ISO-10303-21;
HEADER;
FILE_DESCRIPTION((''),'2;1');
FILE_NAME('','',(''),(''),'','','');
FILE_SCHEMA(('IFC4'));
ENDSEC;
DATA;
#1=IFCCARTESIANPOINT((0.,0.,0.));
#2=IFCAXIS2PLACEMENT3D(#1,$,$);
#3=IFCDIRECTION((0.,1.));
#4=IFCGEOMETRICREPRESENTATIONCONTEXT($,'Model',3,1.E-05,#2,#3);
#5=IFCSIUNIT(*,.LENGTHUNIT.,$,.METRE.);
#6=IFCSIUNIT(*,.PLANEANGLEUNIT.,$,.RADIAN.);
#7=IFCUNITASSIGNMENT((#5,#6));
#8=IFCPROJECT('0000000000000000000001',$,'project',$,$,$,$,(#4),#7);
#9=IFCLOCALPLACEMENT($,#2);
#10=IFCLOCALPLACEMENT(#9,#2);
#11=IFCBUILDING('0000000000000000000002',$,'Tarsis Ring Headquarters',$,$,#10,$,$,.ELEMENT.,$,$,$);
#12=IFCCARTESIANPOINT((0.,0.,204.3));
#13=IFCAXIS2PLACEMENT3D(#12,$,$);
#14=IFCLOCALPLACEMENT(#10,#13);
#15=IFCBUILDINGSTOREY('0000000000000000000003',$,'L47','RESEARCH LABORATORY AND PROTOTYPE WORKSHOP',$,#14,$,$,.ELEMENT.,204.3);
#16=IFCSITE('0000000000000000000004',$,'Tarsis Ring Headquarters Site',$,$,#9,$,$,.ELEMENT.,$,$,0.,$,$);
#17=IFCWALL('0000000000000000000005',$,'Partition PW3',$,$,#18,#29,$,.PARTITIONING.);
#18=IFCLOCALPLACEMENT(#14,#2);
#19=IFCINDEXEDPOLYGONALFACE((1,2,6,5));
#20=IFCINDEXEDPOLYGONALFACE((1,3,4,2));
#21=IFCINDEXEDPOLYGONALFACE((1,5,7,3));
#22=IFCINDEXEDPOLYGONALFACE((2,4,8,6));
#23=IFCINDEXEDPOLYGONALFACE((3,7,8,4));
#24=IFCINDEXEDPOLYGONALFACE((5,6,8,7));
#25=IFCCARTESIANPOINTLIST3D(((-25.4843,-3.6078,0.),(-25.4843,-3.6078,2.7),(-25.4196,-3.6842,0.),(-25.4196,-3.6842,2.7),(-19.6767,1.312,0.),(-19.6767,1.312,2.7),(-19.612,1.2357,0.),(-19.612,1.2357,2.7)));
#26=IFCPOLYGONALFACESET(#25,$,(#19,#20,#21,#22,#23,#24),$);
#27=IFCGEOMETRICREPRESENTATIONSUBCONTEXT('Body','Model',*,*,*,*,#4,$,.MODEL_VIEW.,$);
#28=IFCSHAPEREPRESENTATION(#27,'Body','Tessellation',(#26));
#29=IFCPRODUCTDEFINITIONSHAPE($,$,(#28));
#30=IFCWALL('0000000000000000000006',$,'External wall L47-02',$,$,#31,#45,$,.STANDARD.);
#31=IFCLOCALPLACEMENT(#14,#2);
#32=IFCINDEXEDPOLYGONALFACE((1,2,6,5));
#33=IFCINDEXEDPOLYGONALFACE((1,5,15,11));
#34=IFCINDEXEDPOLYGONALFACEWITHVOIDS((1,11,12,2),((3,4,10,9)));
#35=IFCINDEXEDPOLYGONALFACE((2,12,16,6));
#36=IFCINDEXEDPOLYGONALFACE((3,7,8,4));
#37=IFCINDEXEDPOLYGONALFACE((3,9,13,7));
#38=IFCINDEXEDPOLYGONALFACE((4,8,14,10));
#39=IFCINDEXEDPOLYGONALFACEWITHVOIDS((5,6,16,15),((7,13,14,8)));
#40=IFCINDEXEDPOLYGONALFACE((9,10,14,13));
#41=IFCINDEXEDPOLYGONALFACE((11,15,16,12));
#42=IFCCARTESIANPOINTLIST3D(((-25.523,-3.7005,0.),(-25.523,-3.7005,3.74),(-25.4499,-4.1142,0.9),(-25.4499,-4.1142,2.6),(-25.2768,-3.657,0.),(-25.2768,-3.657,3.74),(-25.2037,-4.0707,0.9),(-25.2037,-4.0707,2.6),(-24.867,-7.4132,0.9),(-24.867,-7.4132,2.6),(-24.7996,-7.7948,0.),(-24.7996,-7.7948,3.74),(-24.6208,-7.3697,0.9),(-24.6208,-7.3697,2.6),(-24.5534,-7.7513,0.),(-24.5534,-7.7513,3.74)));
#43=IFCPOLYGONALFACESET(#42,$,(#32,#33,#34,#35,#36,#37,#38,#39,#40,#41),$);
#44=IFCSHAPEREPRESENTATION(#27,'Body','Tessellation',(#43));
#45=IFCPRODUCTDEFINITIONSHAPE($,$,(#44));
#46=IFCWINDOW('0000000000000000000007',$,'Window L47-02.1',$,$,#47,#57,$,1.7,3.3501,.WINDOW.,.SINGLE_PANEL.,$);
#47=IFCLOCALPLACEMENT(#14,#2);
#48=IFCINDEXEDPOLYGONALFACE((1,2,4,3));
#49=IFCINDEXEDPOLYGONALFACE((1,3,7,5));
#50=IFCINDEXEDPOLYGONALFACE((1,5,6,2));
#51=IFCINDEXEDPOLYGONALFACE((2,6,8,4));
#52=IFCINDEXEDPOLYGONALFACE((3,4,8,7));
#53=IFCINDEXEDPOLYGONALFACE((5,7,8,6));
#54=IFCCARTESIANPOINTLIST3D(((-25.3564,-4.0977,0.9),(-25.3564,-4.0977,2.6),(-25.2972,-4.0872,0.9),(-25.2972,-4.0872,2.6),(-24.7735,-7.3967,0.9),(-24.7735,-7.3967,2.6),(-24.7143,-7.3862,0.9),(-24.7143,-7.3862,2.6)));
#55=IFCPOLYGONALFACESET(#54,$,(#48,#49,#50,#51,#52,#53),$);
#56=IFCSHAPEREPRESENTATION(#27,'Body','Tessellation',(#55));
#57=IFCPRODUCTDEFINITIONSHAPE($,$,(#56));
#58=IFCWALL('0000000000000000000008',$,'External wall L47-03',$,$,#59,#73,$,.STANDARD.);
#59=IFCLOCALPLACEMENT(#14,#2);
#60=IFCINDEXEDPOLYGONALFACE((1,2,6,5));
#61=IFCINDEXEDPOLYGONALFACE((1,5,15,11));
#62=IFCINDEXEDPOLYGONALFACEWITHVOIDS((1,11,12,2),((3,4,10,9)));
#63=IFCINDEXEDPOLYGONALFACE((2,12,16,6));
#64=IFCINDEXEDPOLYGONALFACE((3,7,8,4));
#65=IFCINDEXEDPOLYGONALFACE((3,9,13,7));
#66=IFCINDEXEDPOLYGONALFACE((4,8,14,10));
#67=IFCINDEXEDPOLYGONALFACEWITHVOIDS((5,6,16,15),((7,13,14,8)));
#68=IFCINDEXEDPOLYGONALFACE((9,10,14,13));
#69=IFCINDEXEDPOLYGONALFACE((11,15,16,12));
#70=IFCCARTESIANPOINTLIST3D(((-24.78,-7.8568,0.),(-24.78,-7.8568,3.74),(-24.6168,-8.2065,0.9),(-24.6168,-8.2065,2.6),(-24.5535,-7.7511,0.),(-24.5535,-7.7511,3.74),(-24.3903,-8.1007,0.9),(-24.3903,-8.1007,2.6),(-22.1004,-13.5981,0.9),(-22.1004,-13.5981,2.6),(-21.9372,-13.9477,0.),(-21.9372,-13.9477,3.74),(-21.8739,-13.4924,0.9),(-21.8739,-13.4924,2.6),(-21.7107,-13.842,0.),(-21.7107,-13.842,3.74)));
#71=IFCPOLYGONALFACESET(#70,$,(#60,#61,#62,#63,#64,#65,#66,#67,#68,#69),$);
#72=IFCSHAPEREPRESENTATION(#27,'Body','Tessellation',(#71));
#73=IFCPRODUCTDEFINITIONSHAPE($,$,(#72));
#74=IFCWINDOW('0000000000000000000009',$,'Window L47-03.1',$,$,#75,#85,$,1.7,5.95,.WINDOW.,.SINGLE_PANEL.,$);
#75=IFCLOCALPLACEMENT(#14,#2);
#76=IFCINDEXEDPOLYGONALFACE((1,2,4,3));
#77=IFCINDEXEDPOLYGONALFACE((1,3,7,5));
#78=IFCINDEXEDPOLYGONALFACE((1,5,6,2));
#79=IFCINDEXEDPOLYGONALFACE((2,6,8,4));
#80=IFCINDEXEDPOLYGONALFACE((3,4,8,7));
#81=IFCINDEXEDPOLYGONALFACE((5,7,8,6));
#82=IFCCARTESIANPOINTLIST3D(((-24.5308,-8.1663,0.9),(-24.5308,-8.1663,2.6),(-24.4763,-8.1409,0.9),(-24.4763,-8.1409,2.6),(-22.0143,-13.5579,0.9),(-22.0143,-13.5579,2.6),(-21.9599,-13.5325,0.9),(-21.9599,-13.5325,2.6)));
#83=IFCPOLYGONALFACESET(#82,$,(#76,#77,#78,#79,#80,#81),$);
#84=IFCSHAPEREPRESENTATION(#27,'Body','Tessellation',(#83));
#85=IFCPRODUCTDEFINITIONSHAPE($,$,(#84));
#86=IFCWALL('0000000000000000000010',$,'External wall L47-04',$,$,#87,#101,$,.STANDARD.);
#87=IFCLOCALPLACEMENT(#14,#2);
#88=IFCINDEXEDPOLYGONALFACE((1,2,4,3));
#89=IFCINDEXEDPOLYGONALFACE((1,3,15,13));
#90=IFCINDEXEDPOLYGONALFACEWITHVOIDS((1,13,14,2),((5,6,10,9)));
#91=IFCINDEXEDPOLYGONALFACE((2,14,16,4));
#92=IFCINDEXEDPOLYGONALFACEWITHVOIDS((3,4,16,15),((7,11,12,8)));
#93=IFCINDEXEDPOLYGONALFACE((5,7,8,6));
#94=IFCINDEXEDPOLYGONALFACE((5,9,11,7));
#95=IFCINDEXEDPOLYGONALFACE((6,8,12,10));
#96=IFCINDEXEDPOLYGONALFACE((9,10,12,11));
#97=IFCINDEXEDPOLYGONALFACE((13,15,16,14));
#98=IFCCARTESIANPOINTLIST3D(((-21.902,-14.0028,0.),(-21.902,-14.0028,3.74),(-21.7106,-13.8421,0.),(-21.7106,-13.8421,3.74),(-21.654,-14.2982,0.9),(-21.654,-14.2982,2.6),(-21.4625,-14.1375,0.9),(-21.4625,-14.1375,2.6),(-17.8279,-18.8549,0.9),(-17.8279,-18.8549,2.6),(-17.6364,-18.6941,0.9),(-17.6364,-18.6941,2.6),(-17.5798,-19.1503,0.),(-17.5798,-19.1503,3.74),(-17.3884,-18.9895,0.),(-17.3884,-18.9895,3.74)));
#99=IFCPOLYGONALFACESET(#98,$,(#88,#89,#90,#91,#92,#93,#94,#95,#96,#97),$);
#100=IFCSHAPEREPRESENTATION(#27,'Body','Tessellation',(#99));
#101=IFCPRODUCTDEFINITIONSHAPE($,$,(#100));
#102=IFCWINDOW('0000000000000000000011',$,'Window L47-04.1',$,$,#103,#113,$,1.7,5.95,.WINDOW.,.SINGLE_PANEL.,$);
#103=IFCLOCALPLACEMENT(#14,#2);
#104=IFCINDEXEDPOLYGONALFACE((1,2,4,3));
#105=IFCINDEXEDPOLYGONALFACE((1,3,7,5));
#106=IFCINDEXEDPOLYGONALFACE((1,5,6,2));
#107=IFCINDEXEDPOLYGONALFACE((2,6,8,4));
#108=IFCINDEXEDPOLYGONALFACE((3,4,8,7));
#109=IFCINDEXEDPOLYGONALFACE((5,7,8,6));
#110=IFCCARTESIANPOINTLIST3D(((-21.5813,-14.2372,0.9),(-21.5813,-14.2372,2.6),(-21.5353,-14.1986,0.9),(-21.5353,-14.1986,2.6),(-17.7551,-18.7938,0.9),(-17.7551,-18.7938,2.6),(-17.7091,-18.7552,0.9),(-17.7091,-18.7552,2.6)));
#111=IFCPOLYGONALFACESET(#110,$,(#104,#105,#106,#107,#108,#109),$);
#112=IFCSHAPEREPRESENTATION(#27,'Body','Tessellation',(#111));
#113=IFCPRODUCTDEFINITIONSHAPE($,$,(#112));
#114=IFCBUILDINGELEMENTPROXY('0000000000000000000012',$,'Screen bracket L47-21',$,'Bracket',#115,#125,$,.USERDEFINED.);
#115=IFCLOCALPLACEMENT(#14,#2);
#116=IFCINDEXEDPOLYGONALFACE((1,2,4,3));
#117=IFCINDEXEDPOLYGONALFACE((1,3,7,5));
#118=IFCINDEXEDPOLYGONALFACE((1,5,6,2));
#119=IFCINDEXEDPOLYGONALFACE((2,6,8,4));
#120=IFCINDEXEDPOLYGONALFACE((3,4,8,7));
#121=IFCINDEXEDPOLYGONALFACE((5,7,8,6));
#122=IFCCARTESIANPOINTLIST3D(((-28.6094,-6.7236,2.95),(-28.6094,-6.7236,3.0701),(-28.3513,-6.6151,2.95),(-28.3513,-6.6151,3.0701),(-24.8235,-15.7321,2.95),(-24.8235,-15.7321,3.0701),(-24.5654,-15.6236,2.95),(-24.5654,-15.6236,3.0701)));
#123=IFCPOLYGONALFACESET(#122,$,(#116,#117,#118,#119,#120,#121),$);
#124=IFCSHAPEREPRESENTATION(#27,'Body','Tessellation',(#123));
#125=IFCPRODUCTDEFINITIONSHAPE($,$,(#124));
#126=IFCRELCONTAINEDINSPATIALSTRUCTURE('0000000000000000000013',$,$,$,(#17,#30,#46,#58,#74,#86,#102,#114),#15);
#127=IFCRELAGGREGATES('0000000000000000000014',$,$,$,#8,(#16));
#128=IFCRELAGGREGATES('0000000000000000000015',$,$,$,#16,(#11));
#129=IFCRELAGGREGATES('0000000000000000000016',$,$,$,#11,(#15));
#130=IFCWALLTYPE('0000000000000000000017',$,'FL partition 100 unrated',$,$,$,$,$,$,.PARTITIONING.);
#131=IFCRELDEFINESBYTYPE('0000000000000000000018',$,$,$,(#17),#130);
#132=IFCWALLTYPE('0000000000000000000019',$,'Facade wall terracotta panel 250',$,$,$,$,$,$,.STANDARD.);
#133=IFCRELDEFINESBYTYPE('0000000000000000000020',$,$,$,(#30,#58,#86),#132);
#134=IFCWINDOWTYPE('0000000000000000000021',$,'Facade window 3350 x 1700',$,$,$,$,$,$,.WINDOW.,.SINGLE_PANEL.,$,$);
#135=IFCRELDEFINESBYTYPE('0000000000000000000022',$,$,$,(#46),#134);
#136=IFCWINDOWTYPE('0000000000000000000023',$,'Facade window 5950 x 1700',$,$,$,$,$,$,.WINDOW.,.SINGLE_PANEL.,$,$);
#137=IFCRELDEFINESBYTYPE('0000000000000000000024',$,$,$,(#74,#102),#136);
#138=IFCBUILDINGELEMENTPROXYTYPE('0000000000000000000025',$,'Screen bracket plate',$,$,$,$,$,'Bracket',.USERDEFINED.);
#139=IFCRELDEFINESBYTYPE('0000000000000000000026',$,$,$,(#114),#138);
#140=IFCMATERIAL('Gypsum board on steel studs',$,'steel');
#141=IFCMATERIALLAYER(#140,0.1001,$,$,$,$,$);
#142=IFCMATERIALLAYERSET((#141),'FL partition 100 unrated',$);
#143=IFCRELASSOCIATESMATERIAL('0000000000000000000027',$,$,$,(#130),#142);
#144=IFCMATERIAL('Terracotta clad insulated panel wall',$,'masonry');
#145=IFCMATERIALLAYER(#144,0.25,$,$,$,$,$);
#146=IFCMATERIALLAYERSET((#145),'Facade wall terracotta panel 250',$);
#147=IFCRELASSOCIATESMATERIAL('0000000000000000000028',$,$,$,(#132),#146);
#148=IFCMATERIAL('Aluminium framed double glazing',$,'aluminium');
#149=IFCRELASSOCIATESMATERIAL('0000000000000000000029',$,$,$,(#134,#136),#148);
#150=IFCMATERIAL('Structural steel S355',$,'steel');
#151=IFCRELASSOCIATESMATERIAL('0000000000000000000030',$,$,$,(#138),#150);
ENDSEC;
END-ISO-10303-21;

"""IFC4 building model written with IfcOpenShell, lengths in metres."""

from ifc_helpers import new_model, si_unit, direction, frame, frame_2d, origin, origin_2d, place, context, subcontext, project, spatial, rectangle, extrude, material, layer, layer_set, type_object, element, fill, save


model = new_model("IFC4")

# Units and contexts
model_context = context("Model", 3, precision=1e-05, world=origin(), true_north=direction((0.0, 1.0)))
body_context = subcontext(model_context, "Body", "Model", "MODEL_VIEW")
ifc_project = project(units=[si_unit("LENGTHUNIT", "METRE"), si_unit("PLANEANGLEUNIT", "RADIAN")], contexts=[model_context])

# Site, building, storey
site_placement = place(None, origin())
site = spatial("IfcSite", under=ifc_project, at=site_placement, Name="Tarsis Ring Headquarters Site", CompositionType="ELEMENT", RefElevation=0.0)
building_placement = place(site_placement, origin())
building = spatial("IfcBuilding", under=site, at=building_placement, Name="Tarsis Ring Headquarters", CompositionType="ELEMENT")
storey_placement = place(building_placement, frame((0.0, 0.0, 204.3)))
storey = spatial("IfcBuildingStorey", under=building, at=storey_placement, Name="L47", Description="RESEARCH LABORATORY AND PROTOTYPE WORKSHOP", CompositionType="ELEMENT", Elevation=204.3)

# Shared definitions
ifc_material_1 = material(Name="Structural steel S355", Category="steel")

# Wall
ifc_material_2 = material(Name="Gypsum board on steel studs", Category="steel")
ifc_layer_1 = layer(ifc_material_2, 0.1001)
ifc_layer_set_1 = layer_set([ifc_layer_1], Name="FL partition 100 unrated")
wall_type_1 = type_object("IfcWallType", Name="FL partition 100 unrated", PredefinedType="PARTITIONING", material=ifc_layer_set_1)
wall_1_placement = place(storey_placement, frame((-25.4519, -3.646, 0.0), z_axis=(0.0, 0.0, 1.0), x_axis=(0.763011, 0.646385, 0.0)))
element("IfcWall", 1, at=wall_1_placement, inside=storey, type_object=wall_type_1, Name="Partition PW3", PredefinedType="PARTITIONING", context=body_context, shape_type="SweptSolid", body=[
    extrude(rectangle(XDim=7.6113, YDim=0.1001, at=frame_2d((3.8057, 0.0))), origin(), (0.0, 0.0, 1.0), 2.7),
])

# Walls, openings, windows
ifc_material_3 = material(Name="Terracotta clad insulated panel wall", Category="masonry")
ifc_layer_2 = layer(ifc_material_3, 0.25)
ifc_layer_set_2 = layer_set([ifc_layer_2], Name="Facade wall terracotta panel 250")
wall_type_2 = type_object("IfcWallType", Name="Facade wall terracotta panel 250", PredefinedType="STANDARD", material=ifc_layer_set_2)
wall_2_placement = place(storey_placement, frame((-25.3999, -3.6787, 0.0), z_axis=(0.0, 0.0, 1.0), x_axis=(0.17399, -0.984747, 0.0)))
wall_2 = element("IfcWall", 2, at=wall_2_placement, inside=storey, type_object=wall_type_2, Name="External wall L47-02", PredefinedType="STANDARD", context=body_context, shape_type="SweptSolid", body=[
    extrude(rectangle(XDim=4.1577, YDim=0.25, at=frame_2d((2.0789, 0.0))), origin(), (0.0, 0.0, 1.0), 3.74),
])
opening_1_placement = place(wall_2_placement, frame((0.4202, 0.0, 0.8999)))
opening_1 = element("IfcOpeningElement", 3, at=opening_1_placement, cuts=wall_2, PredefinedType="OPENING", context=body_context, shape_type="SweptSolid", body=[
    extrude(rectangle(XDim=3.3501, YDim=1.7, at=frame_2d((1.675, 0.8501))), frame((0.0, 0.135, 0.0), z_axis=(0.0, -1.0, 0.0), x_axis=(1.0, 0.0, 0.0)), (0.0, 0.0, 1.0), 0.27),
])
ifc_material_4 = material(Name="Aluminium framed double glazing", Category="aluminium")
window_type_1 = type_object("IfcWindowType", Name="Facade window 3350 x 1700", PartitioningType="SINGLE_PANEL", PredefinedType="WINDOW", material=ifc_material_4)
window_1_placement = place(opening_1_placement, origin())
window_1 = element("IfcWindow", 4, at=window_1_placement, inside=storey, type_object=window_type_1, Name="Window L47-02.1", OverallHeight=1.7, OverallWidth=3.3501, PartitioningType="SINGLE_PANEL", PredefinedType="WINDOW", context=body_context, shape_type="SweptSolid", body=[
    extrude(rectangle(XDim=3.3501, YDim=1.7, at=frame_2d((1.675, 0.8501))), frame((0.0, 0.03, 0.0), z_axis=(0.0, -1.0, 0.0), x_axis=(1.0, 0.0, 0.0)), (0.0, 0.0, 1.0), 0.0601),
])
fill(opening_1, window_1)
wall_3_placement = place(storey_placement, frame((-24.6667, -7.804, 0.0), z_axis=(0.0, 0.0, 1.0), x_axis=(0.422933, -0.906161, 0.0)))
wall_3 = element("IfcWall", 5, at=wall_3_placement, inside=storey, type_object=wall_type_2, Name="External wall L47-03", PredefinedType="STANDARD", context=body_context, shape_type="SweptSolid", body=[
    extrude(rectangle(XDim=6.7217, YDim=0.25, at=frame_2d((3.3608, 0.0))), origin(), (0.0, 0.0, 1.0), 3.74),
])
opening_2_placement = place(wall_3_placement, frame((0.3857, 0.0, 0.8999)))
opening_2 = element("IfcOpeningElement", 6, at=opening_2_placement, cuts=wall_3, PredefinedType="OPENING", context=body_context, shape_type="SweptSolid", body=[
    extrude(rectangle(XDim=5.95, YDim=1.7, at=frame_2d((2.9751, 0.8501))), frame((0.0, 0.135, 0.0), z_axis=(0.0, -1.0, 0.0), x_axis=(1.0, 0.0, 0.0)), (0.0, 0.0, 1.0), 0.27),
])
window_type_2 = type_object("IfcWindowType", Name="Facade window 5950 x 1700", PartitioningType="SINGLE_PANEL", PredefinedType="WINDOW", material=ifc_material_4)
window_2_placement = place(opening_2_placement, origin())
window_2 = element("IfcWindow", 7, at=window_2_placement, inside=storey, type_object=window_type_2, Name="Window L47-03.1", OverallHeight=1.7, OverallWidth=5.95, PartitioningType="SINGLE_PANEL", PredefinedType="WINDOW", context=body_context, shape_type="SweptSolid", body=[
    extrude(rectangle(XDim=5.95, YDim=1.7, at=frame_2d((2.9751, 0.8501))), frame((0.0, 0.03, 0.0), z_axis=(0.0, -1.0, 0.0), x_axis=(1.0, 0.0, 0.0)), (0.0, 0.0, 1.0), 0.0601),
])
fill(opening_2, window_2)
wall_4_placement = place(storey_placement, frame((-21.8064, -13.9224, 0.0), z_axis=(0.0, 0.0, 1.0), x_axis=(0.643052, -0.765822, 0.0)))
wall_4 = element("IfcWall", 8, at=wall_4_placement, inside=storey, type_object=wall_type_2, Name="External wall L47-04", PredefinedType="STANDARD", context=body_context, shape_type="SweptSolid", body=[
    extrude(rectangle(XDim=6.7214, YDim=0.25, at=frame_2d((3.3608, 0.0))), origin(), (0.0, 0.0, 1.0), 3.74),
])
opening_3_placement = place(wall_4_placement, frame((0.3857, 0.0, 0.8999)))
opening_3 = element("IfcOpeningElement", 9, at=opening_3_placement, cuts=wall_4, PredefinedType="OPENING", context=body_context, shape_type="SweptSolid", body=[
    extrude(rectangle(XDim=5.95, YDim=1.7, at=frame_2d((2.9751, 0.8501))), frame((0.0, 0.135, 0.0), z_axis=(0.0, -1.0, 0.0), x_axis=(1.0, 0.0, 0.0)), (0.0, 0.0, 1.0), 0.27),
])
window_3_placement = place(opening_3_placement, origin())
window_3 = element("IfcWindow", 10, at=window_3_placement, inside=storey, type_object=window_type_2, Name="Window L47-04.1", OverallHeight=1.7, OverallWidth=5.95, PartitioningType="SINGLE_PANEL", PredefinedType="WINDOW", context=body_context, shape_type="SweptSolid", body=[
    extrude(rectangle(XDim=5.95, YDim=1.7, at=frame_2d((2.9751, 0.8501))), frame((0.0, 0.03, 0.0), z_axis=(0.0, -1.0, 0.0), x_axis=(1.0, 0.0, 0.0)), (0.0, 0.0, 1.0), 0.0601),
])
fill(opening_3, window_3)

# Building element proxy
building_element_proxy_type = type_object("IfcBuildingElementProxyType", Name="Screen bracket plate", ElementType="Bracket", PredefinedType="USERDEFINED", material=ifc_material_1)
proxy_placement = place(storey_placement, frame((-26.5874, -11.1736, 2.95), z_axis=(0.0, 0.0, 1.0), x_axis=(0.387435, -0.921897, 0.0)))
element("IfcBuildingElementProxy", 11, at=proxy_placement, inside=storey, type_object=building_element_proxy_type, Name="Screen bracket L47-21", ObjectType="Bracket", PredefinedType="USERDEFINED", context=body_context, shape_type="SweptSolid", body=[
    extrude(rectangle(XDim=9.7717, YDim=0.28, at=origin_2d()), origin(), (0.0, 0.0, 1.0), 0.1201),
])

save(model, "model.ifc")
